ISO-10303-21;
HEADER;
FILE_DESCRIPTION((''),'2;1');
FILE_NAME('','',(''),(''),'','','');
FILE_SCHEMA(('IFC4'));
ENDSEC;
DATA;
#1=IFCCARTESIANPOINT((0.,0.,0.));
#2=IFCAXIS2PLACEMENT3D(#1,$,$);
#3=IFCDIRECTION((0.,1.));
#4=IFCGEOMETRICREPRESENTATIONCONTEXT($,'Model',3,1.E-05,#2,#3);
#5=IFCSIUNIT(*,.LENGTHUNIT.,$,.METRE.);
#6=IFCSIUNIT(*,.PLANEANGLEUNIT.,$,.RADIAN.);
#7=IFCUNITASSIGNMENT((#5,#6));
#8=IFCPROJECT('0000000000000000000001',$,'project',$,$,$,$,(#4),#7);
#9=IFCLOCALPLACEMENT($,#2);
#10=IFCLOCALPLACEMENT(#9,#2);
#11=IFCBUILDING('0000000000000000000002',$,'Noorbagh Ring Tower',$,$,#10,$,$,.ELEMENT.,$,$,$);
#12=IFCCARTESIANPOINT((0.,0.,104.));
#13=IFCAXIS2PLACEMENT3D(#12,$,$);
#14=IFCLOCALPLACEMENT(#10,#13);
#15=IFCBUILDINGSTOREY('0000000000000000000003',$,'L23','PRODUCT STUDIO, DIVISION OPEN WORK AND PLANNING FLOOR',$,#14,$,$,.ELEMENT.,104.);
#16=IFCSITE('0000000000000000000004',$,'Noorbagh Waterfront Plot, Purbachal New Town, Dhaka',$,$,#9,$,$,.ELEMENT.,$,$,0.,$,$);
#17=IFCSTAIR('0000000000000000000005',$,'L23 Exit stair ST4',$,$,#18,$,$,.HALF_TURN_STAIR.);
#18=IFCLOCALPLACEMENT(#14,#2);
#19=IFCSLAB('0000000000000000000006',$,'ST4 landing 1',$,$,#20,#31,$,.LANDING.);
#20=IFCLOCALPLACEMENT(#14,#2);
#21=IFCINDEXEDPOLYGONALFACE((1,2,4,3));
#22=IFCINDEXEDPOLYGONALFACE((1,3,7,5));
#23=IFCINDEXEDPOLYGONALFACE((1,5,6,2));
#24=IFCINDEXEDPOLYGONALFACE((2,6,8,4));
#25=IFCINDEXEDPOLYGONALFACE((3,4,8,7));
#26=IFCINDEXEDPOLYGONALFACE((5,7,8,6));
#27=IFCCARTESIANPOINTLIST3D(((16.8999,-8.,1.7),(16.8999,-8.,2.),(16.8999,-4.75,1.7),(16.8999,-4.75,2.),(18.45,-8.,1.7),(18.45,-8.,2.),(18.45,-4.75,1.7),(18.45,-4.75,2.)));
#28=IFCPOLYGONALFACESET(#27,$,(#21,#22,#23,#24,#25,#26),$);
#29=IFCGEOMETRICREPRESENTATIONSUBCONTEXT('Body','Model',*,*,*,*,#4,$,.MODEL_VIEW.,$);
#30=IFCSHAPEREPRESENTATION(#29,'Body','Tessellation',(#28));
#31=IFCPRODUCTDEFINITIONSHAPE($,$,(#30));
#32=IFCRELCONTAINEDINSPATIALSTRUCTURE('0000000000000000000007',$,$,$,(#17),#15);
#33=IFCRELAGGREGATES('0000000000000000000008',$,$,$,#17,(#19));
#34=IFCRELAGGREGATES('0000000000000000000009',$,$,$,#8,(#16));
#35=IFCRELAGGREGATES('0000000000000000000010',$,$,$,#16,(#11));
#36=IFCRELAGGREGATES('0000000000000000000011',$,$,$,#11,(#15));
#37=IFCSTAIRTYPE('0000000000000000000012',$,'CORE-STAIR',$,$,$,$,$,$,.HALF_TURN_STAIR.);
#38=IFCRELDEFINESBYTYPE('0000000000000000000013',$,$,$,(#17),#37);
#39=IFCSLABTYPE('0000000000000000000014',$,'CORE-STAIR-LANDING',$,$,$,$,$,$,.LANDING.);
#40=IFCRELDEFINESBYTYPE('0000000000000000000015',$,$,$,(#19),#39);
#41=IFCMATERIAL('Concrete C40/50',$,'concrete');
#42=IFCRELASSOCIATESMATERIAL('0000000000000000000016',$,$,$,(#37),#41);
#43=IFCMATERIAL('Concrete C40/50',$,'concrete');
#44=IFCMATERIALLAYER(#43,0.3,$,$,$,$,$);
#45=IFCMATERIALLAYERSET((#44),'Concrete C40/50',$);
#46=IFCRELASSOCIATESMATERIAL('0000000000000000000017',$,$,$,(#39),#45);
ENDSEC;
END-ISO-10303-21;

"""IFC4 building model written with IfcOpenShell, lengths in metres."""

from ifc_helpers import new_model, si_unit, direction, frame, origin, place, context, subcontext, project, spatial, polyline, outline, extrude, material, layer, layer_set, type_object, element, aggregate, save


model = new_model("IFC4")

# Units and contexts
model_context = context("Model", 3, precision=1e-05, world=origin(), true_north=direction((0.0, 1.0)))
body_context = subcontext(model_context, "Body", "Model", "MODEL_VIEW")
ifc_project = project(units=[si_unit("LENGTHUNIT", "METRE"), si_unit("PLANEANGLEUNIT", "RADIAN")], contexts=[model_context])

# Site, building, storey
site_placement = place(None, origin())
building_placement = place(site_placement, origin())
storey_placement = place(building_placement, frame((0.0, 0.0, 104.0)))
site = spatial("IfcSite", under=ifc_project, at=site_placement, Name="Noorbagh Waterfront Plot, Purbachal New Town, Dhaka", CompositionType="ELEMENT", RefElevation=0.0)
building = spatial("IfcBuilding", under=site, at=building_placement, Name="Noorbagh Ring Tower", CompositionType="ELEMENT")
storey = spatial("IfcBuildingStorey", under=building, at=storey_placement, Name="L23", Description="PRODUCT STUDIO, DIVISION OPEN WORK AND PLANNING FLOOR", CompositionType="ELEMENT", Elevation=104.0)

# Stair, slab
ifc_material_1 = material(Name="Concrete C40/50", Category="concrete")
stair_type = type_object("IfcStairType", Name="CORE-STAIR", PredefinedType="HALF_TURN_STAIR", material=ifc_material_1)
ifc_material_2 = material(Name="Concrete C40/50", Category="concrete")
ifc_layer_1 = layer(ifc_material_2, 0.3)
ifc_layer_set_1 = layer_set([ifc_layer_1], Name="Concrete C40/50")
slab_type = type_object("IfcSlabType", Name="CORE-STAIR-LANDING", PredefinedType="LANDING", material=ifc_layer_set_1)
stair_1_placement = place(storey_placement, origin())
stair_1 = element("IfcStair", 1, at=stair_1_placement, inside=storey, type_object=stair_type, Name="L23 Exit stair ST4", PredefinedType="HALF_TURN_STAIR")
slab_1_placement = place(storey_placement, frame((0.0, 0.0, 1.7)))
slab_1 = element("IfcSlab", 2, at=slab_1_placement, type_object=slab_type, Name="ST4 landing 1", PredefinedType="LANDING", context=body_context, shape_type="SweptSolid", body=[
    extrude(outline(polyline([(18.45, -4.75), (16.8999, -4.75), (16.8999, -8.0), (18.45, -8.0), (18.45, -4.75)])), origin(), (0.0, 0.0, 1.0), 0.3),
])
aggregate(stair_1, [slab_1])

save(model, "model.ifc")
